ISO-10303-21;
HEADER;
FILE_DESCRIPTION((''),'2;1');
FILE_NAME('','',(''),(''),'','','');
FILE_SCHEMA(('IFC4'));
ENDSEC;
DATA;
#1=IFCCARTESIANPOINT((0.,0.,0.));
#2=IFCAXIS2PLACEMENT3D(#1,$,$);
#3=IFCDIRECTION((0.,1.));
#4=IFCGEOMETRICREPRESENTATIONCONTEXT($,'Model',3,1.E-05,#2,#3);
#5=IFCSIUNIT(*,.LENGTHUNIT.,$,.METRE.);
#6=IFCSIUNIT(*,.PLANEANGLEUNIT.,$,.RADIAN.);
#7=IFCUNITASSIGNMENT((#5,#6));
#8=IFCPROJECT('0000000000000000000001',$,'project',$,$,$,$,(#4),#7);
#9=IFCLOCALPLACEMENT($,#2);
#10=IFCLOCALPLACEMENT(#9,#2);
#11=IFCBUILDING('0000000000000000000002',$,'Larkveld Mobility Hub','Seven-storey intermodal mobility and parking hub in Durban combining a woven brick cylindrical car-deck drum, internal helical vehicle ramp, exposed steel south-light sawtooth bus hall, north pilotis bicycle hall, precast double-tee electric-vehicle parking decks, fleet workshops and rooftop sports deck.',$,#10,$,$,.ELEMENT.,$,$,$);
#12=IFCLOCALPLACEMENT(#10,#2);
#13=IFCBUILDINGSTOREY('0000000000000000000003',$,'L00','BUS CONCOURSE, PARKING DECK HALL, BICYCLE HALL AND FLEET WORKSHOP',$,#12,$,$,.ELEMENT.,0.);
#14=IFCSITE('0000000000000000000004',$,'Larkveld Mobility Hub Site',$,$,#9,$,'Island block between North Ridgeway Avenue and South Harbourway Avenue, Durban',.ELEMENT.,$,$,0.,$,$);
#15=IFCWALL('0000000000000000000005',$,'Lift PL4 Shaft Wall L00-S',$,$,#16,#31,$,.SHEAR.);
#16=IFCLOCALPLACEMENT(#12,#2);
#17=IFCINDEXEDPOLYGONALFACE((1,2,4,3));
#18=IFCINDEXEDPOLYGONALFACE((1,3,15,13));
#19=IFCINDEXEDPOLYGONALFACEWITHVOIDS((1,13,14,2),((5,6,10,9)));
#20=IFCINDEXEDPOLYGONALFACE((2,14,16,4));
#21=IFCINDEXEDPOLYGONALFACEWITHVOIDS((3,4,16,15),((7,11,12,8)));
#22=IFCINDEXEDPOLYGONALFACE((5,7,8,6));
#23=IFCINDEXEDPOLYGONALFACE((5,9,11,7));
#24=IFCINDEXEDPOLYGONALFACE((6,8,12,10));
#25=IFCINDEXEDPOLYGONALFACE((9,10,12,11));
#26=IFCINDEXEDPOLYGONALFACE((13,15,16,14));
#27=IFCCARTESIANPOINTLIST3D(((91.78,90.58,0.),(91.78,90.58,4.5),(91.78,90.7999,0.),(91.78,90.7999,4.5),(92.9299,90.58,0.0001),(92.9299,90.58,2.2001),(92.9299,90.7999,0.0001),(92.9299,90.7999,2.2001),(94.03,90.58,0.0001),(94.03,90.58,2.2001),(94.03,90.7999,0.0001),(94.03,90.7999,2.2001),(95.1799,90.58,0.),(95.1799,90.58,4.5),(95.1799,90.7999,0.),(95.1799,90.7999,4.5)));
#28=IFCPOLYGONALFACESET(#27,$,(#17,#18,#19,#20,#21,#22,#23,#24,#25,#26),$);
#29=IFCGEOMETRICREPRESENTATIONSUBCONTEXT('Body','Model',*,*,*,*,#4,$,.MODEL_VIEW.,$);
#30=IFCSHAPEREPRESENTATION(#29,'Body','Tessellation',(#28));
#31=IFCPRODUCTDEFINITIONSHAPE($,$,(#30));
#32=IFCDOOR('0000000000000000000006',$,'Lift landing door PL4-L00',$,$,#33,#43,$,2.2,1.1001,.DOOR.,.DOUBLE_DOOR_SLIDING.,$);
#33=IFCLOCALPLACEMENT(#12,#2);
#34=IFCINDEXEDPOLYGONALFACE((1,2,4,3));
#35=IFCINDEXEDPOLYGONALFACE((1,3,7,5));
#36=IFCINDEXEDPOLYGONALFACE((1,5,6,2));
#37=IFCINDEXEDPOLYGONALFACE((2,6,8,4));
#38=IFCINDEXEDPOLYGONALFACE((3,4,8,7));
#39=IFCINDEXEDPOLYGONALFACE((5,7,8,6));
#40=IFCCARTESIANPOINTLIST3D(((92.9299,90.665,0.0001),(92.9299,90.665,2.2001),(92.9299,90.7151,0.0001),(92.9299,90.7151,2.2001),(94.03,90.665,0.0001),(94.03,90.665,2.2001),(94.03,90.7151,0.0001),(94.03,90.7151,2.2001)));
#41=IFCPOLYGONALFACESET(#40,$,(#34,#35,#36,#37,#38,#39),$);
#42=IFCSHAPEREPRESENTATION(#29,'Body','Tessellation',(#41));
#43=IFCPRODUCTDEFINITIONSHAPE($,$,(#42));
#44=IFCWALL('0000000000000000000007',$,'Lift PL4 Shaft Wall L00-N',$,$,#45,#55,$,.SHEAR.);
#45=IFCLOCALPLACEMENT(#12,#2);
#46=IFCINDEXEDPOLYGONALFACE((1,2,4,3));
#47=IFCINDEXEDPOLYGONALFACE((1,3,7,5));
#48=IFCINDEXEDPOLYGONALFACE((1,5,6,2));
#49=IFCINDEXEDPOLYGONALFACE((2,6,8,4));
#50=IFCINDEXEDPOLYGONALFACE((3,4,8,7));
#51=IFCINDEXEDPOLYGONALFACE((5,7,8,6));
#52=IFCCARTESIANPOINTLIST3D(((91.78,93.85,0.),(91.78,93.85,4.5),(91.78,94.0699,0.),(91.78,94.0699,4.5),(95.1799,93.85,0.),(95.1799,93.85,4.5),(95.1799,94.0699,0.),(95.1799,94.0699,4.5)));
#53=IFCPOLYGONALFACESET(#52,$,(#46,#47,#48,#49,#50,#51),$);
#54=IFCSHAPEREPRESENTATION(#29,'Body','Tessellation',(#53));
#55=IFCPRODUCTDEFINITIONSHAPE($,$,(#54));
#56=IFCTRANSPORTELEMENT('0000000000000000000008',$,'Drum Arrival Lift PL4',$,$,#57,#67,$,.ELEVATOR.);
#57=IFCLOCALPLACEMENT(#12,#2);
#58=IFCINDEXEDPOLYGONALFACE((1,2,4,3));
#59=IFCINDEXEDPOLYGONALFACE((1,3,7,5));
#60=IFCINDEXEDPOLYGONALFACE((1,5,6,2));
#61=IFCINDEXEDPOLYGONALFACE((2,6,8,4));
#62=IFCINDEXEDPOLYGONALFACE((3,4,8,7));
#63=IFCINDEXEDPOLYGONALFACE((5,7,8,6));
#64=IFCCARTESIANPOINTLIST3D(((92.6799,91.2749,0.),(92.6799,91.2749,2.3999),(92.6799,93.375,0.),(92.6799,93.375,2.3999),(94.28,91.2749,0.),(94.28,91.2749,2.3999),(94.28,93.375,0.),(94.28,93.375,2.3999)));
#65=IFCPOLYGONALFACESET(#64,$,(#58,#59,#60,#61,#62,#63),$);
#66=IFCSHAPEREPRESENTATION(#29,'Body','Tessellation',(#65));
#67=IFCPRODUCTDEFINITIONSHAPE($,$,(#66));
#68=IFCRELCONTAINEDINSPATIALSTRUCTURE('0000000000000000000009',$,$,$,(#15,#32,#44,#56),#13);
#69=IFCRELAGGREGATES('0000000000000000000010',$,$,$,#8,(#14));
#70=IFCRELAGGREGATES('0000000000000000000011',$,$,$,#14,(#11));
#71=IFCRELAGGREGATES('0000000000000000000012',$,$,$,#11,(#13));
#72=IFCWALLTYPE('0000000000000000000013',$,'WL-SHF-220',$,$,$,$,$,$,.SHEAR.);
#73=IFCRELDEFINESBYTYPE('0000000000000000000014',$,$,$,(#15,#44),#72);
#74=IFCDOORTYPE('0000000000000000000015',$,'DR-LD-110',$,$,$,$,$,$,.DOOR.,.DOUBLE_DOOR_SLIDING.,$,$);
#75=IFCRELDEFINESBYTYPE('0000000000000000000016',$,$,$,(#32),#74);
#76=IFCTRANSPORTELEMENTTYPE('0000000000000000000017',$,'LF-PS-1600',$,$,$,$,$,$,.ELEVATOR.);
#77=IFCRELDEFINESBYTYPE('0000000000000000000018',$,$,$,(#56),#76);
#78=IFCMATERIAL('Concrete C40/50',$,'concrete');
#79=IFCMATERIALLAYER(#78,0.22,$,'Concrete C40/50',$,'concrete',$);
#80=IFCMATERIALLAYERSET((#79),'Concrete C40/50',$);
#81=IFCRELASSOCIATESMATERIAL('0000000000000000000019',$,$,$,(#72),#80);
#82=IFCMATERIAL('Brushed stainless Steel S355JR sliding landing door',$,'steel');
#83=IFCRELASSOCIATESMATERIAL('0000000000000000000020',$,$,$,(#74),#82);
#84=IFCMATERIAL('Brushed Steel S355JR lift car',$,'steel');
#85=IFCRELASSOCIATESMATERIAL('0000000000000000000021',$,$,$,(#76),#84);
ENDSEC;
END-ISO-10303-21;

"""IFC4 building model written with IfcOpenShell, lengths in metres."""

from ifc_helpers import new_model, si_unit, direction, frame, frame_2d, origin, origin_2d, place, context, subcontext, project, spatial, rectangle, extrude, material, layer, layer_set, type_object, element, fill, save


model = new_model("IFC4")

# Units and contexts
model_context = context("Model", 3, precision=1e-05, world=origin(), true_north=direction((0.0, 1.0)))
body_context = subcontext(model_context, "Body", "Model", "MODEL_VIEW")
ifc_project = project(units=[si_unit("LENGTHUNIT", "METRE"), si_unit("PLANEANGLEUNIT", "RADIAN")], contexts=[model_context])

# Site, building, storey
site_placement = place(None, origin())
site = spatial("IfcSite", under=ifc_project, at=site_placement, Name="Larkveld Mobility Hub Site", LongName="Island block between North Ridgeway Avenue and South Harbourway Avenue, Durban", CompositionType="ELEMENT", RefElevation=0.0)
building_placement = place(site_placement, origin())
building = spatial("IfcBuilding", under=site, at=building_placement, Name="Larkveld Mobility Hub", Description="Seven-storey intermodal mobility and parking hub in Durban combining a woven brick cylindrical car-deck drum, internal helical vehicle ramp, exposed steel south-light sawtooth bus hall, north pilotis bicycle hall, precast double-tee electric-vehicle parking decks, fleet workshops and rooftop sports deck.", CompositionType="ELEMENT")
storey_placement = place(building_placement, origin())
storey = spatial("IfcBuildingStorey", under=building, at=storey_placement, Name="L00", Description="BUS CONCOURSE, PARKING DECK HALL, BICYCLE HALL AND FLEET WORKSHOP", CompositionType="ELEMENT", Elevation=0.0)

# Shared definitions
ifc_material_1 = material(Name="Concrete C40/50", Category="concrete")

# Shared definitions
ifc_layer = layer(ifc_material_1, 0.22, Name="Concrete C40/50", Category="concrete")
ifc_layer_set = layer_set([ifc_layer], Name="Concrete C40/50")
wall_type = type_object("IfcWallType", Name="WL-SHF-220", PredefinedType="SHEAR", material=ifc_layer_set)

# Wall, opening, door
ifc_material_2 = material(Name="Brushed stainless Steel S355JR sliding landing door", Category="steel")
door_type = type_object("IfcDoorType", Name="DR-LD-110", OperationType="DOUBLE_DOOR_SLIDING", PredefinedType="DOOR", material=ifc_material_2)
wall_1_placement = place(storey_placement, frame((95.1799, 90.6899, 0.0), z_axis=(0.0, 0.0, 1.0), x_axis=(-1.0, 0.0, 0.0)))
wall_1 = element("IfcWall", 1, at=wall_1_placement, inside=storey, type_object=wall_type, Name="Lift PL4 Shaft Wall L00-S", PredefinedType="SHEAR", context=body_context, shape_type="SweptSolid", body=[
    extrude(rectangle(XDim=3.3999, YDim=0.22, at=frame_2d((1.7, 0.0))), origin(), (0.0, 0.0, 1.0), 4.5),
])
opening_1_placement = place(wall_1_placement, frame((1.1499, 0.0, 0.0)))
opening_1 = element("IfcOpeningElement", 2, at=opening_1_placement, cuts=wall_1, PredefinedType="OPENING", context=body_context, shape_type="SweptSolid", body=[
    extrude(rectangle(XDim=1.1001, YDim=2.2, at=frame_2d((0.55, 1.1001))), frame((0.0, 0.1201, 0.0), z_axis=(0.0, -1.0, 0.0), x_axis=(1.0, 0.0, 0.0)), (0.0, 0.0, 1.0), 0.24),
])
door_1_placement = place(opening_1_placement, origin())
door_1 = element("IfcDoor", 3, at=door_1_placement, inside=storey, type_object=door_type, Name="Lift landing door PL4-L00", OperationType="DOUBLE_DOOR_SLIDING", OverallHeight=2.2, OverallWidth=1.1001, PredefinedType="DOOR", context=body_context, shape_type="SweptSolid", body=[
    extrude(rectangle(XDim=1.1001, YDim=2.2, at=frame_2d((0.55, 1.1001))), frame((0.0, 0.0249, 0.0), z_axis=(0.0, -1.0, 0.0), x_axis=(1.0, 0.0, 0.0)), (0.0, 0.0, 1.0), 0.05),
])
fill(opening_1, door_1)

# Wall
wall_2_placement = place(storey_placement, frame((91.78, 93.96, 0.0), z_axis=(0.0, 0.0, 1.0), x_axis=(1.0, 0.0, 0.0)))
element("IfcWall", 4, at=wall_2_placement, inside=storey, type_object=wall_type, Name="Lift PL4 Shaft Wall L00-N", PredefinedType="SHEAR", context=body_context, shape_type="SweptSolid", body=[
    extrude(rectangle(XDim=3.3999, YDim=0.22, at=frame_2d((1.7, 0.0))), origin(), (0.0, 0.0, 1.0), 4.5),
])

# Transport element
ifc_material_3 = material(Name="Brushed Steel S355JR lift car", Category="steel")
transport_element_type = type_object("IfcTransportElementType", Name="LF-PS-1600", PredefinedType="ELEVATOR", material=ifc_material_3)
transport_element_placement = place(storey_placement, frame((93.48, 92.325, 0.0), z_axis=(0.0, 0.0, 1.0), x_axis=(1.0, 0.0, 0.0)))
element("IfcTransportElement", 5, at=transport_element_placement, inside=storey, type_object=transport_element_type, Name="Drum Arrival Lift PL4", PredefinedType="ELEVATOR", context=body_context, shape_type="SweptSolid", body=[
    extrude(rectangle(XDim=1.6001, YDim=2.1001, at=origin_2d()), origin(), (0.0, 0.0, 1.0), 2.3999),
])

save(model, "model.ifc")
